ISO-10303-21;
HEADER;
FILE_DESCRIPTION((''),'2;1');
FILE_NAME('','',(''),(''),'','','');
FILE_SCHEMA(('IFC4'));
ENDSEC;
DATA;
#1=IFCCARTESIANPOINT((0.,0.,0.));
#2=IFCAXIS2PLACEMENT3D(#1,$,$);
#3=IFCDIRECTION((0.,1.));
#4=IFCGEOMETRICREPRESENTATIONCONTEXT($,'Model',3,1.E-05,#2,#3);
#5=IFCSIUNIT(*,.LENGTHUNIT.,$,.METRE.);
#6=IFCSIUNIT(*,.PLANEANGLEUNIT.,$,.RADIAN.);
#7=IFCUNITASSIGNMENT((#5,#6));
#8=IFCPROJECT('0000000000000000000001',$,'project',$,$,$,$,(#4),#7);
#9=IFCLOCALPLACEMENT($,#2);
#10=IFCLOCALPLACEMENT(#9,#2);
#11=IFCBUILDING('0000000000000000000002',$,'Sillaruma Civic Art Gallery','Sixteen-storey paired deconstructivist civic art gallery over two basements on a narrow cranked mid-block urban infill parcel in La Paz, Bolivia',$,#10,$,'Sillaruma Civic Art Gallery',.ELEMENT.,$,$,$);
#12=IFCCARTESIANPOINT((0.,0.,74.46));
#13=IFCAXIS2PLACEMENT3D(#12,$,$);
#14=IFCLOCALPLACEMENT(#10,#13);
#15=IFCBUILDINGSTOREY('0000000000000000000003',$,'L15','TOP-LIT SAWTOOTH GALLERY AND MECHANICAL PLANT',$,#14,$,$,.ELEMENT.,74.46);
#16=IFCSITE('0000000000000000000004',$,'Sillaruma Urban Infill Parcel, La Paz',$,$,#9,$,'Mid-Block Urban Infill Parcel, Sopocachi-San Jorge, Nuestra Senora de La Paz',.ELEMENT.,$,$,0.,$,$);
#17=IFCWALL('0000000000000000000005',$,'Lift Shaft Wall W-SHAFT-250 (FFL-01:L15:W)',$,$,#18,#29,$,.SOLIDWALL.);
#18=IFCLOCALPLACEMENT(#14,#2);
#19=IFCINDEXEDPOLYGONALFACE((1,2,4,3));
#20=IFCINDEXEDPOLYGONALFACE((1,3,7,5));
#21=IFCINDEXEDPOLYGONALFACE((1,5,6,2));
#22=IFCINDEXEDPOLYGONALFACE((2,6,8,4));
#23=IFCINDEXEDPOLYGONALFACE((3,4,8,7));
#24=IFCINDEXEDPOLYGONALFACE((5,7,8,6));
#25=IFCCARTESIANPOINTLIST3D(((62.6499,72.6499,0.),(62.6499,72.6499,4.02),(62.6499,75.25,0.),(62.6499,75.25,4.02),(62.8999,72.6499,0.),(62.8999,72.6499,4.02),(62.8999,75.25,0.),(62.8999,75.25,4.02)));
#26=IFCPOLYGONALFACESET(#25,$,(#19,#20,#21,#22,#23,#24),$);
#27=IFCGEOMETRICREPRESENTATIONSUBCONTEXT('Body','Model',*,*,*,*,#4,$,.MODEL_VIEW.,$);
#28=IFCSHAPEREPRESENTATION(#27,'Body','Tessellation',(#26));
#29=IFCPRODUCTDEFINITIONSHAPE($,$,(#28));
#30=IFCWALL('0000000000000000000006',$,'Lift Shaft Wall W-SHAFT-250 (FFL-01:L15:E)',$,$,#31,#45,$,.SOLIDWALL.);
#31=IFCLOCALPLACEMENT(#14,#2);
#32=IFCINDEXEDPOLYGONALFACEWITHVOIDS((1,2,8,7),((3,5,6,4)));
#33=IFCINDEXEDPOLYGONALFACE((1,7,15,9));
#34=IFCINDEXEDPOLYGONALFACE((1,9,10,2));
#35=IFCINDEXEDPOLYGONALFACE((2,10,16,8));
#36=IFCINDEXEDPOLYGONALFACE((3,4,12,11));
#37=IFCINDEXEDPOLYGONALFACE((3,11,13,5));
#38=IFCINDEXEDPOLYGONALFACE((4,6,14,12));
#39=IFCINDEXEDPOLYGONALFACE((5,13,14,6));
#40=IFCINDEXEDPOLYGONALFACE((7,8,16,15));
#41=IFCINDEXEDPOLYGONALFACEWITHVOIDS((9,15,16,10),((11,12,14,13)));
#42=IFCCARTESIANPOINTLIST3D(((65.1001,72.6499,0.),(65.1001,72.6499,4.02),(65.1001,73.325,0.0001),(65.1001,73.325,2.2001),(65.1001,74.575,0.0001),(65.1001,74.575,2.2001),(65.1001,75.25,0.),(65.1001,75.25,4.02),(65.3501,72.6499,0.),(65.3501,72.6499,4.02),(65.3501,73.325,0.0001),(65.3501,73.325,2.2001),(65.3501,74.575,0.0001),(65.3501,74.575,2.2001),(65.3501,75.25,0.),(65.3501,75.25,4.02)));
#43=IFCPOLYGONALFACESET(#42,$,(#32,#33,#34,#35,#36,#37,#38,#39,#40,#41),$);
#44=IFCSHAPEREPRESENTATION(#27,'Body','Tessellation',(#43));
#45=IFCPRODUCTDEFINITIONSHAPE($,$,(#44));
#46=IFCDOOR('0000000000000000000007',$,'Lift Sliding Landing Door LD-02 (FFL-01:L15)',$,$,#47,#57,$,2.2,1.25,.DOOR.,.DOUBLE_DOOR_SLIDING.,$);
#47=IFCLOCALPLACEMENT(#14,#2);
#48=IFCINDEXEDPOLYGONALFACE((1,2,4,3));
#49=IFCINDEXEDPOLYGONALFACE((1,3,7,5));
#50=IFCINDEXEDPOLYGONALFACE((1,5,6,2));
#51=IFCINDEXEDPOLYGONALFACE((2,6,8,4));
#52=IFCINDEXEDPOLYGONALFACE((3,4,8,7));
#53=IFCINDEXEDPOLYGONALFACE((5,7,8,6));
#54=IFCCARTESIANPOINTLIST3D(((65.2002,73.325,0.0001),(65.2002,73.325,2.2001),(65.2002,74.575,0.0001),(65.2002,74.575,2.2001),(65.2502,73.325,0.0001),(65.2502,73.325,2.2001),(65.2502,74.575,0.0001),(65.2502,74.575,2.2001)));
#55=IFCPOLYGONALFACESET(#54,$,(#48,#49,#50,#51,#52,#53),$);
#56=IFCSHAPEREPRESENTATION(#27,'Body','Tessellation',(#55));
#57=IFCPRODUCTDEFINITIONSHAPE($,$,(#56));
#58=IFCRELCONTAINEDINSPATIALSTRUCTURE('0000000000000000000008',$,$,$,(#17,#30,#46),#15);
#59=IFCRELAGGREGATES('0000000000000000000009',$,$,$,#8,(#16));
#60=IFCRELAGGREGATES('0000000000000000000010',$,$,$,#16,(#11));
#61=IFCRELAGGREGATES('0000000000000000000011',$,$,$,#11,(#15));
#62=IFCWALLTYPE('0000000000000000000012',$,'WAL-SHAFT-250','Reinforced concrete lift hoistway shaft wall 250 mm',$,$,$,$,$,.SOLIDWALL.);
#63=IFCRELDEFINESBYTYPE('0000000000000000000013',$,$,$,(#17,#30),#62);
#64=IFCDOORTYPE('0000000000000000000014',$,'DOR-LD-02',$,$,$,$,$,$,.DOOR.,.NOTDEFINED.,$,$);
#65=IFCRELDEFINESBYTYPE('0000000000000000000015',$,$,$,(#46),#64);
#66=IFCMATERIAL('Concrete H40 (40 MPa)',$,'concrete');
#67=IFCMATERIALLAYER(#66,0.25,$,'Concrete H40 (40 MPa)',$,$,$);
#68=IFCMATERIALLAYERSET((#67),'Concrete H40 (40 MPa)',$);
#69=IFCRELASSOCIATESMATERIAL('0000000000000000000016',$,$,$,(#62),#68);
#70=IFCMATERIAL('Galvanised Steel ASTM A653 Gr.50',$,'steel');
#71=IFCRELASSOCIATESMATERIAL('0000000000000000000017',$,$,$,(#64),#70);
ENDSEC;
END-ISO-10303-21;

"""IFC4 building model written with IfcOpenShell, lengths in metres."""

from ifc_helpers import new_model, si_unit, direction, frame, frame_2d, origin, place, context, subcontext, project, spatial, rectangle, extrude, material, layer, layer_set, type_object, element, fill, save


model = new_model("IFC4")

# Units and contexts
model_context = context("Model", 3, precision=1e-05, world=origin(), true_north=direction((0.0, 1.0)))
body_context = subcontext(model_context, "Body", "Model", "MODEL_VIEW")
ifc_project = project(units=[si_unit("LENGTHUNIT", "METRE"), si_unit("PLANEANGLEUNIT", "RADIAN")], contexts=[model_context])

# Site, building, storey
site_placement = place(None, origin())
site = spatial("IfcSite", under=ifc_project, at=site_placement, Name="Sillaruma Urban Infill Parcel, La Paz", LongName="Mid-Block Urban Infill Parcel, Sopocachi-San Jorge, Nuestra Senora de La Paz", CompositionType="ELEMENT", RefElevation=0.0)
building_placement = place(site_placement, origin())
building = spatial("IfcBuilding", under=site, at=building_placement, Name="Sillaruma Civic Art Gallery", Description="Sixteen-storey paired deconstructivist civic art gallery over two basements on a narrow cranked mid-block urban infill parcel in La Paz, Bolivia", LongName="Sillaruma Civic Art Gallery", CompositionType="ELEMENT")
storey_placement = place(building_placement, frame((0.0, 0.0, 74.46)))
storey = spatial("IfcBuildingStorey", under=building, at=storey_placement, Name="L15", Description="TOP-LIT SAWTOOTH GALLERY AND MECHANICAL PLANT", CompositionType="ELEMENT", Elevation=74.46)

# Shared definitions
ifc_material_1 = material(Name="Concrete H40 (40 MPa)", Category="concrete")

# Wall
ifc_layer_1 = layer(ifc_material_1, 0.25, Name="Concrete H40 (40 MPa)")
ifc_layer_set_1 = layer_set([ifc_layer_1], Name="Concrete H40 (40 MPa)")
wall_type_1 = type_object("IfcWallType", Name="WAL-SHAFT-250", Description="Reinforced concrete lift hoistway shaft wall 250 mm", PredefinedType="SOLIDWALL", material=ifc_layer_set_1)
wall_1_placement = place(storey_placement, frame((62.7749, 72.6499, 0.0), z_axis=(0.0, 0.0, 1.0), x_axis=(0.0, 1.0, 0.0)))
element("IfcWall", 1, at=wall_1_placement, inside=storey, type_object=wall_type_1, Name="Lift Shaft Wall W-SHAFT-250 (FFL-01:L15:W)", PredefinedType="SOLIDWALL", context=body_context, shape_type="SweptSolid", body=[
    extrude(rectangle(XDim=2.6001, YDim=0.25, at=frame_2d((1.3, 0.0))), origin(), (0.0, 0.0, 1.0), 4.02),
])

# Wall, opening, door
wall_2_placement = place(storey_placement, frame((65.2251, 72.6499, 0.0), z_axis=(0.0, 0.0, 1.0), x_axis=(0.0, 1.0, 0.0)))
wall_2 = element("IfcWall", 2, at=wall_2_placement, inside=storey, type_object=wall_type_1, Name="Lift Shaft Wall W-SHAFT-250 (FFL-01:L15:E)", PredefinedType="SOLIDWALL", context=body_context, shape_type="SweptSolid", body=[
    extrude(rectangle(XDim=2.6001, YDim=0.25, at=frame_2d((1.3, 0.0))), origin(), (0.0, 0.0, 1.0), 4.02),
])
opening_1_placement = place(wall_2_placement, frame((0.675, 0.0, 0.0)))
opening_1 = element("IfcOpeningElement", 3, at=opening_1_placement, cuts=wall_2, PredefinedType="OPENING", context=body_context, shape_type="SweptSolid", body=[
    extrude(rectangle(XDim=1.25, YDim=2.2, at=frame_2d((0.625, 1.1001))), frame((0.0, 0.135, 0.0), z_axis=(0.0, -1.0, 0.0), x_axis=(1.0, 0.0, 0.0)), (0.0, 0.0, 1.0), 0.27),
])
ifc_material_2 = material(Name="Galvanised Steel ASTM A653 Gr.50", Category="steel")
door_type = type_object("IfcDoorType", Name="DOR-LD-02", OperationType="NOTDEFINED", PredefinedType="DOOR", material=ifc_material_2)
door_placement = place(opening_1_placement, origin())
door = element("IfcDoor", 4, at=door_placement, inside=storey, type_object=door_type, Name="Lift Sliding Landing Door LD-02 (FFL-01:L15)", OperationType="DOUBLE_DOOR_SLIDING", OverallHeight=2.2, OverallWidth=1.25, PredefinedType="DOOR", context=body_context, shape_type="SweptSolid", body=[
    extrude(rectangle(XDim=1.25, YDim=2.2, at=frame_2d((0.625, 1.1001))), frame((0.0, 0.0249, 0.0), z_axis=(0.0, -1.0, 0.0), x_axis=(1.0, 0.0, 0.0)), (0.0, 0.0, 1.0), 0.05),
])
fill(opening_1, door)

save(model, "model.ifc")
